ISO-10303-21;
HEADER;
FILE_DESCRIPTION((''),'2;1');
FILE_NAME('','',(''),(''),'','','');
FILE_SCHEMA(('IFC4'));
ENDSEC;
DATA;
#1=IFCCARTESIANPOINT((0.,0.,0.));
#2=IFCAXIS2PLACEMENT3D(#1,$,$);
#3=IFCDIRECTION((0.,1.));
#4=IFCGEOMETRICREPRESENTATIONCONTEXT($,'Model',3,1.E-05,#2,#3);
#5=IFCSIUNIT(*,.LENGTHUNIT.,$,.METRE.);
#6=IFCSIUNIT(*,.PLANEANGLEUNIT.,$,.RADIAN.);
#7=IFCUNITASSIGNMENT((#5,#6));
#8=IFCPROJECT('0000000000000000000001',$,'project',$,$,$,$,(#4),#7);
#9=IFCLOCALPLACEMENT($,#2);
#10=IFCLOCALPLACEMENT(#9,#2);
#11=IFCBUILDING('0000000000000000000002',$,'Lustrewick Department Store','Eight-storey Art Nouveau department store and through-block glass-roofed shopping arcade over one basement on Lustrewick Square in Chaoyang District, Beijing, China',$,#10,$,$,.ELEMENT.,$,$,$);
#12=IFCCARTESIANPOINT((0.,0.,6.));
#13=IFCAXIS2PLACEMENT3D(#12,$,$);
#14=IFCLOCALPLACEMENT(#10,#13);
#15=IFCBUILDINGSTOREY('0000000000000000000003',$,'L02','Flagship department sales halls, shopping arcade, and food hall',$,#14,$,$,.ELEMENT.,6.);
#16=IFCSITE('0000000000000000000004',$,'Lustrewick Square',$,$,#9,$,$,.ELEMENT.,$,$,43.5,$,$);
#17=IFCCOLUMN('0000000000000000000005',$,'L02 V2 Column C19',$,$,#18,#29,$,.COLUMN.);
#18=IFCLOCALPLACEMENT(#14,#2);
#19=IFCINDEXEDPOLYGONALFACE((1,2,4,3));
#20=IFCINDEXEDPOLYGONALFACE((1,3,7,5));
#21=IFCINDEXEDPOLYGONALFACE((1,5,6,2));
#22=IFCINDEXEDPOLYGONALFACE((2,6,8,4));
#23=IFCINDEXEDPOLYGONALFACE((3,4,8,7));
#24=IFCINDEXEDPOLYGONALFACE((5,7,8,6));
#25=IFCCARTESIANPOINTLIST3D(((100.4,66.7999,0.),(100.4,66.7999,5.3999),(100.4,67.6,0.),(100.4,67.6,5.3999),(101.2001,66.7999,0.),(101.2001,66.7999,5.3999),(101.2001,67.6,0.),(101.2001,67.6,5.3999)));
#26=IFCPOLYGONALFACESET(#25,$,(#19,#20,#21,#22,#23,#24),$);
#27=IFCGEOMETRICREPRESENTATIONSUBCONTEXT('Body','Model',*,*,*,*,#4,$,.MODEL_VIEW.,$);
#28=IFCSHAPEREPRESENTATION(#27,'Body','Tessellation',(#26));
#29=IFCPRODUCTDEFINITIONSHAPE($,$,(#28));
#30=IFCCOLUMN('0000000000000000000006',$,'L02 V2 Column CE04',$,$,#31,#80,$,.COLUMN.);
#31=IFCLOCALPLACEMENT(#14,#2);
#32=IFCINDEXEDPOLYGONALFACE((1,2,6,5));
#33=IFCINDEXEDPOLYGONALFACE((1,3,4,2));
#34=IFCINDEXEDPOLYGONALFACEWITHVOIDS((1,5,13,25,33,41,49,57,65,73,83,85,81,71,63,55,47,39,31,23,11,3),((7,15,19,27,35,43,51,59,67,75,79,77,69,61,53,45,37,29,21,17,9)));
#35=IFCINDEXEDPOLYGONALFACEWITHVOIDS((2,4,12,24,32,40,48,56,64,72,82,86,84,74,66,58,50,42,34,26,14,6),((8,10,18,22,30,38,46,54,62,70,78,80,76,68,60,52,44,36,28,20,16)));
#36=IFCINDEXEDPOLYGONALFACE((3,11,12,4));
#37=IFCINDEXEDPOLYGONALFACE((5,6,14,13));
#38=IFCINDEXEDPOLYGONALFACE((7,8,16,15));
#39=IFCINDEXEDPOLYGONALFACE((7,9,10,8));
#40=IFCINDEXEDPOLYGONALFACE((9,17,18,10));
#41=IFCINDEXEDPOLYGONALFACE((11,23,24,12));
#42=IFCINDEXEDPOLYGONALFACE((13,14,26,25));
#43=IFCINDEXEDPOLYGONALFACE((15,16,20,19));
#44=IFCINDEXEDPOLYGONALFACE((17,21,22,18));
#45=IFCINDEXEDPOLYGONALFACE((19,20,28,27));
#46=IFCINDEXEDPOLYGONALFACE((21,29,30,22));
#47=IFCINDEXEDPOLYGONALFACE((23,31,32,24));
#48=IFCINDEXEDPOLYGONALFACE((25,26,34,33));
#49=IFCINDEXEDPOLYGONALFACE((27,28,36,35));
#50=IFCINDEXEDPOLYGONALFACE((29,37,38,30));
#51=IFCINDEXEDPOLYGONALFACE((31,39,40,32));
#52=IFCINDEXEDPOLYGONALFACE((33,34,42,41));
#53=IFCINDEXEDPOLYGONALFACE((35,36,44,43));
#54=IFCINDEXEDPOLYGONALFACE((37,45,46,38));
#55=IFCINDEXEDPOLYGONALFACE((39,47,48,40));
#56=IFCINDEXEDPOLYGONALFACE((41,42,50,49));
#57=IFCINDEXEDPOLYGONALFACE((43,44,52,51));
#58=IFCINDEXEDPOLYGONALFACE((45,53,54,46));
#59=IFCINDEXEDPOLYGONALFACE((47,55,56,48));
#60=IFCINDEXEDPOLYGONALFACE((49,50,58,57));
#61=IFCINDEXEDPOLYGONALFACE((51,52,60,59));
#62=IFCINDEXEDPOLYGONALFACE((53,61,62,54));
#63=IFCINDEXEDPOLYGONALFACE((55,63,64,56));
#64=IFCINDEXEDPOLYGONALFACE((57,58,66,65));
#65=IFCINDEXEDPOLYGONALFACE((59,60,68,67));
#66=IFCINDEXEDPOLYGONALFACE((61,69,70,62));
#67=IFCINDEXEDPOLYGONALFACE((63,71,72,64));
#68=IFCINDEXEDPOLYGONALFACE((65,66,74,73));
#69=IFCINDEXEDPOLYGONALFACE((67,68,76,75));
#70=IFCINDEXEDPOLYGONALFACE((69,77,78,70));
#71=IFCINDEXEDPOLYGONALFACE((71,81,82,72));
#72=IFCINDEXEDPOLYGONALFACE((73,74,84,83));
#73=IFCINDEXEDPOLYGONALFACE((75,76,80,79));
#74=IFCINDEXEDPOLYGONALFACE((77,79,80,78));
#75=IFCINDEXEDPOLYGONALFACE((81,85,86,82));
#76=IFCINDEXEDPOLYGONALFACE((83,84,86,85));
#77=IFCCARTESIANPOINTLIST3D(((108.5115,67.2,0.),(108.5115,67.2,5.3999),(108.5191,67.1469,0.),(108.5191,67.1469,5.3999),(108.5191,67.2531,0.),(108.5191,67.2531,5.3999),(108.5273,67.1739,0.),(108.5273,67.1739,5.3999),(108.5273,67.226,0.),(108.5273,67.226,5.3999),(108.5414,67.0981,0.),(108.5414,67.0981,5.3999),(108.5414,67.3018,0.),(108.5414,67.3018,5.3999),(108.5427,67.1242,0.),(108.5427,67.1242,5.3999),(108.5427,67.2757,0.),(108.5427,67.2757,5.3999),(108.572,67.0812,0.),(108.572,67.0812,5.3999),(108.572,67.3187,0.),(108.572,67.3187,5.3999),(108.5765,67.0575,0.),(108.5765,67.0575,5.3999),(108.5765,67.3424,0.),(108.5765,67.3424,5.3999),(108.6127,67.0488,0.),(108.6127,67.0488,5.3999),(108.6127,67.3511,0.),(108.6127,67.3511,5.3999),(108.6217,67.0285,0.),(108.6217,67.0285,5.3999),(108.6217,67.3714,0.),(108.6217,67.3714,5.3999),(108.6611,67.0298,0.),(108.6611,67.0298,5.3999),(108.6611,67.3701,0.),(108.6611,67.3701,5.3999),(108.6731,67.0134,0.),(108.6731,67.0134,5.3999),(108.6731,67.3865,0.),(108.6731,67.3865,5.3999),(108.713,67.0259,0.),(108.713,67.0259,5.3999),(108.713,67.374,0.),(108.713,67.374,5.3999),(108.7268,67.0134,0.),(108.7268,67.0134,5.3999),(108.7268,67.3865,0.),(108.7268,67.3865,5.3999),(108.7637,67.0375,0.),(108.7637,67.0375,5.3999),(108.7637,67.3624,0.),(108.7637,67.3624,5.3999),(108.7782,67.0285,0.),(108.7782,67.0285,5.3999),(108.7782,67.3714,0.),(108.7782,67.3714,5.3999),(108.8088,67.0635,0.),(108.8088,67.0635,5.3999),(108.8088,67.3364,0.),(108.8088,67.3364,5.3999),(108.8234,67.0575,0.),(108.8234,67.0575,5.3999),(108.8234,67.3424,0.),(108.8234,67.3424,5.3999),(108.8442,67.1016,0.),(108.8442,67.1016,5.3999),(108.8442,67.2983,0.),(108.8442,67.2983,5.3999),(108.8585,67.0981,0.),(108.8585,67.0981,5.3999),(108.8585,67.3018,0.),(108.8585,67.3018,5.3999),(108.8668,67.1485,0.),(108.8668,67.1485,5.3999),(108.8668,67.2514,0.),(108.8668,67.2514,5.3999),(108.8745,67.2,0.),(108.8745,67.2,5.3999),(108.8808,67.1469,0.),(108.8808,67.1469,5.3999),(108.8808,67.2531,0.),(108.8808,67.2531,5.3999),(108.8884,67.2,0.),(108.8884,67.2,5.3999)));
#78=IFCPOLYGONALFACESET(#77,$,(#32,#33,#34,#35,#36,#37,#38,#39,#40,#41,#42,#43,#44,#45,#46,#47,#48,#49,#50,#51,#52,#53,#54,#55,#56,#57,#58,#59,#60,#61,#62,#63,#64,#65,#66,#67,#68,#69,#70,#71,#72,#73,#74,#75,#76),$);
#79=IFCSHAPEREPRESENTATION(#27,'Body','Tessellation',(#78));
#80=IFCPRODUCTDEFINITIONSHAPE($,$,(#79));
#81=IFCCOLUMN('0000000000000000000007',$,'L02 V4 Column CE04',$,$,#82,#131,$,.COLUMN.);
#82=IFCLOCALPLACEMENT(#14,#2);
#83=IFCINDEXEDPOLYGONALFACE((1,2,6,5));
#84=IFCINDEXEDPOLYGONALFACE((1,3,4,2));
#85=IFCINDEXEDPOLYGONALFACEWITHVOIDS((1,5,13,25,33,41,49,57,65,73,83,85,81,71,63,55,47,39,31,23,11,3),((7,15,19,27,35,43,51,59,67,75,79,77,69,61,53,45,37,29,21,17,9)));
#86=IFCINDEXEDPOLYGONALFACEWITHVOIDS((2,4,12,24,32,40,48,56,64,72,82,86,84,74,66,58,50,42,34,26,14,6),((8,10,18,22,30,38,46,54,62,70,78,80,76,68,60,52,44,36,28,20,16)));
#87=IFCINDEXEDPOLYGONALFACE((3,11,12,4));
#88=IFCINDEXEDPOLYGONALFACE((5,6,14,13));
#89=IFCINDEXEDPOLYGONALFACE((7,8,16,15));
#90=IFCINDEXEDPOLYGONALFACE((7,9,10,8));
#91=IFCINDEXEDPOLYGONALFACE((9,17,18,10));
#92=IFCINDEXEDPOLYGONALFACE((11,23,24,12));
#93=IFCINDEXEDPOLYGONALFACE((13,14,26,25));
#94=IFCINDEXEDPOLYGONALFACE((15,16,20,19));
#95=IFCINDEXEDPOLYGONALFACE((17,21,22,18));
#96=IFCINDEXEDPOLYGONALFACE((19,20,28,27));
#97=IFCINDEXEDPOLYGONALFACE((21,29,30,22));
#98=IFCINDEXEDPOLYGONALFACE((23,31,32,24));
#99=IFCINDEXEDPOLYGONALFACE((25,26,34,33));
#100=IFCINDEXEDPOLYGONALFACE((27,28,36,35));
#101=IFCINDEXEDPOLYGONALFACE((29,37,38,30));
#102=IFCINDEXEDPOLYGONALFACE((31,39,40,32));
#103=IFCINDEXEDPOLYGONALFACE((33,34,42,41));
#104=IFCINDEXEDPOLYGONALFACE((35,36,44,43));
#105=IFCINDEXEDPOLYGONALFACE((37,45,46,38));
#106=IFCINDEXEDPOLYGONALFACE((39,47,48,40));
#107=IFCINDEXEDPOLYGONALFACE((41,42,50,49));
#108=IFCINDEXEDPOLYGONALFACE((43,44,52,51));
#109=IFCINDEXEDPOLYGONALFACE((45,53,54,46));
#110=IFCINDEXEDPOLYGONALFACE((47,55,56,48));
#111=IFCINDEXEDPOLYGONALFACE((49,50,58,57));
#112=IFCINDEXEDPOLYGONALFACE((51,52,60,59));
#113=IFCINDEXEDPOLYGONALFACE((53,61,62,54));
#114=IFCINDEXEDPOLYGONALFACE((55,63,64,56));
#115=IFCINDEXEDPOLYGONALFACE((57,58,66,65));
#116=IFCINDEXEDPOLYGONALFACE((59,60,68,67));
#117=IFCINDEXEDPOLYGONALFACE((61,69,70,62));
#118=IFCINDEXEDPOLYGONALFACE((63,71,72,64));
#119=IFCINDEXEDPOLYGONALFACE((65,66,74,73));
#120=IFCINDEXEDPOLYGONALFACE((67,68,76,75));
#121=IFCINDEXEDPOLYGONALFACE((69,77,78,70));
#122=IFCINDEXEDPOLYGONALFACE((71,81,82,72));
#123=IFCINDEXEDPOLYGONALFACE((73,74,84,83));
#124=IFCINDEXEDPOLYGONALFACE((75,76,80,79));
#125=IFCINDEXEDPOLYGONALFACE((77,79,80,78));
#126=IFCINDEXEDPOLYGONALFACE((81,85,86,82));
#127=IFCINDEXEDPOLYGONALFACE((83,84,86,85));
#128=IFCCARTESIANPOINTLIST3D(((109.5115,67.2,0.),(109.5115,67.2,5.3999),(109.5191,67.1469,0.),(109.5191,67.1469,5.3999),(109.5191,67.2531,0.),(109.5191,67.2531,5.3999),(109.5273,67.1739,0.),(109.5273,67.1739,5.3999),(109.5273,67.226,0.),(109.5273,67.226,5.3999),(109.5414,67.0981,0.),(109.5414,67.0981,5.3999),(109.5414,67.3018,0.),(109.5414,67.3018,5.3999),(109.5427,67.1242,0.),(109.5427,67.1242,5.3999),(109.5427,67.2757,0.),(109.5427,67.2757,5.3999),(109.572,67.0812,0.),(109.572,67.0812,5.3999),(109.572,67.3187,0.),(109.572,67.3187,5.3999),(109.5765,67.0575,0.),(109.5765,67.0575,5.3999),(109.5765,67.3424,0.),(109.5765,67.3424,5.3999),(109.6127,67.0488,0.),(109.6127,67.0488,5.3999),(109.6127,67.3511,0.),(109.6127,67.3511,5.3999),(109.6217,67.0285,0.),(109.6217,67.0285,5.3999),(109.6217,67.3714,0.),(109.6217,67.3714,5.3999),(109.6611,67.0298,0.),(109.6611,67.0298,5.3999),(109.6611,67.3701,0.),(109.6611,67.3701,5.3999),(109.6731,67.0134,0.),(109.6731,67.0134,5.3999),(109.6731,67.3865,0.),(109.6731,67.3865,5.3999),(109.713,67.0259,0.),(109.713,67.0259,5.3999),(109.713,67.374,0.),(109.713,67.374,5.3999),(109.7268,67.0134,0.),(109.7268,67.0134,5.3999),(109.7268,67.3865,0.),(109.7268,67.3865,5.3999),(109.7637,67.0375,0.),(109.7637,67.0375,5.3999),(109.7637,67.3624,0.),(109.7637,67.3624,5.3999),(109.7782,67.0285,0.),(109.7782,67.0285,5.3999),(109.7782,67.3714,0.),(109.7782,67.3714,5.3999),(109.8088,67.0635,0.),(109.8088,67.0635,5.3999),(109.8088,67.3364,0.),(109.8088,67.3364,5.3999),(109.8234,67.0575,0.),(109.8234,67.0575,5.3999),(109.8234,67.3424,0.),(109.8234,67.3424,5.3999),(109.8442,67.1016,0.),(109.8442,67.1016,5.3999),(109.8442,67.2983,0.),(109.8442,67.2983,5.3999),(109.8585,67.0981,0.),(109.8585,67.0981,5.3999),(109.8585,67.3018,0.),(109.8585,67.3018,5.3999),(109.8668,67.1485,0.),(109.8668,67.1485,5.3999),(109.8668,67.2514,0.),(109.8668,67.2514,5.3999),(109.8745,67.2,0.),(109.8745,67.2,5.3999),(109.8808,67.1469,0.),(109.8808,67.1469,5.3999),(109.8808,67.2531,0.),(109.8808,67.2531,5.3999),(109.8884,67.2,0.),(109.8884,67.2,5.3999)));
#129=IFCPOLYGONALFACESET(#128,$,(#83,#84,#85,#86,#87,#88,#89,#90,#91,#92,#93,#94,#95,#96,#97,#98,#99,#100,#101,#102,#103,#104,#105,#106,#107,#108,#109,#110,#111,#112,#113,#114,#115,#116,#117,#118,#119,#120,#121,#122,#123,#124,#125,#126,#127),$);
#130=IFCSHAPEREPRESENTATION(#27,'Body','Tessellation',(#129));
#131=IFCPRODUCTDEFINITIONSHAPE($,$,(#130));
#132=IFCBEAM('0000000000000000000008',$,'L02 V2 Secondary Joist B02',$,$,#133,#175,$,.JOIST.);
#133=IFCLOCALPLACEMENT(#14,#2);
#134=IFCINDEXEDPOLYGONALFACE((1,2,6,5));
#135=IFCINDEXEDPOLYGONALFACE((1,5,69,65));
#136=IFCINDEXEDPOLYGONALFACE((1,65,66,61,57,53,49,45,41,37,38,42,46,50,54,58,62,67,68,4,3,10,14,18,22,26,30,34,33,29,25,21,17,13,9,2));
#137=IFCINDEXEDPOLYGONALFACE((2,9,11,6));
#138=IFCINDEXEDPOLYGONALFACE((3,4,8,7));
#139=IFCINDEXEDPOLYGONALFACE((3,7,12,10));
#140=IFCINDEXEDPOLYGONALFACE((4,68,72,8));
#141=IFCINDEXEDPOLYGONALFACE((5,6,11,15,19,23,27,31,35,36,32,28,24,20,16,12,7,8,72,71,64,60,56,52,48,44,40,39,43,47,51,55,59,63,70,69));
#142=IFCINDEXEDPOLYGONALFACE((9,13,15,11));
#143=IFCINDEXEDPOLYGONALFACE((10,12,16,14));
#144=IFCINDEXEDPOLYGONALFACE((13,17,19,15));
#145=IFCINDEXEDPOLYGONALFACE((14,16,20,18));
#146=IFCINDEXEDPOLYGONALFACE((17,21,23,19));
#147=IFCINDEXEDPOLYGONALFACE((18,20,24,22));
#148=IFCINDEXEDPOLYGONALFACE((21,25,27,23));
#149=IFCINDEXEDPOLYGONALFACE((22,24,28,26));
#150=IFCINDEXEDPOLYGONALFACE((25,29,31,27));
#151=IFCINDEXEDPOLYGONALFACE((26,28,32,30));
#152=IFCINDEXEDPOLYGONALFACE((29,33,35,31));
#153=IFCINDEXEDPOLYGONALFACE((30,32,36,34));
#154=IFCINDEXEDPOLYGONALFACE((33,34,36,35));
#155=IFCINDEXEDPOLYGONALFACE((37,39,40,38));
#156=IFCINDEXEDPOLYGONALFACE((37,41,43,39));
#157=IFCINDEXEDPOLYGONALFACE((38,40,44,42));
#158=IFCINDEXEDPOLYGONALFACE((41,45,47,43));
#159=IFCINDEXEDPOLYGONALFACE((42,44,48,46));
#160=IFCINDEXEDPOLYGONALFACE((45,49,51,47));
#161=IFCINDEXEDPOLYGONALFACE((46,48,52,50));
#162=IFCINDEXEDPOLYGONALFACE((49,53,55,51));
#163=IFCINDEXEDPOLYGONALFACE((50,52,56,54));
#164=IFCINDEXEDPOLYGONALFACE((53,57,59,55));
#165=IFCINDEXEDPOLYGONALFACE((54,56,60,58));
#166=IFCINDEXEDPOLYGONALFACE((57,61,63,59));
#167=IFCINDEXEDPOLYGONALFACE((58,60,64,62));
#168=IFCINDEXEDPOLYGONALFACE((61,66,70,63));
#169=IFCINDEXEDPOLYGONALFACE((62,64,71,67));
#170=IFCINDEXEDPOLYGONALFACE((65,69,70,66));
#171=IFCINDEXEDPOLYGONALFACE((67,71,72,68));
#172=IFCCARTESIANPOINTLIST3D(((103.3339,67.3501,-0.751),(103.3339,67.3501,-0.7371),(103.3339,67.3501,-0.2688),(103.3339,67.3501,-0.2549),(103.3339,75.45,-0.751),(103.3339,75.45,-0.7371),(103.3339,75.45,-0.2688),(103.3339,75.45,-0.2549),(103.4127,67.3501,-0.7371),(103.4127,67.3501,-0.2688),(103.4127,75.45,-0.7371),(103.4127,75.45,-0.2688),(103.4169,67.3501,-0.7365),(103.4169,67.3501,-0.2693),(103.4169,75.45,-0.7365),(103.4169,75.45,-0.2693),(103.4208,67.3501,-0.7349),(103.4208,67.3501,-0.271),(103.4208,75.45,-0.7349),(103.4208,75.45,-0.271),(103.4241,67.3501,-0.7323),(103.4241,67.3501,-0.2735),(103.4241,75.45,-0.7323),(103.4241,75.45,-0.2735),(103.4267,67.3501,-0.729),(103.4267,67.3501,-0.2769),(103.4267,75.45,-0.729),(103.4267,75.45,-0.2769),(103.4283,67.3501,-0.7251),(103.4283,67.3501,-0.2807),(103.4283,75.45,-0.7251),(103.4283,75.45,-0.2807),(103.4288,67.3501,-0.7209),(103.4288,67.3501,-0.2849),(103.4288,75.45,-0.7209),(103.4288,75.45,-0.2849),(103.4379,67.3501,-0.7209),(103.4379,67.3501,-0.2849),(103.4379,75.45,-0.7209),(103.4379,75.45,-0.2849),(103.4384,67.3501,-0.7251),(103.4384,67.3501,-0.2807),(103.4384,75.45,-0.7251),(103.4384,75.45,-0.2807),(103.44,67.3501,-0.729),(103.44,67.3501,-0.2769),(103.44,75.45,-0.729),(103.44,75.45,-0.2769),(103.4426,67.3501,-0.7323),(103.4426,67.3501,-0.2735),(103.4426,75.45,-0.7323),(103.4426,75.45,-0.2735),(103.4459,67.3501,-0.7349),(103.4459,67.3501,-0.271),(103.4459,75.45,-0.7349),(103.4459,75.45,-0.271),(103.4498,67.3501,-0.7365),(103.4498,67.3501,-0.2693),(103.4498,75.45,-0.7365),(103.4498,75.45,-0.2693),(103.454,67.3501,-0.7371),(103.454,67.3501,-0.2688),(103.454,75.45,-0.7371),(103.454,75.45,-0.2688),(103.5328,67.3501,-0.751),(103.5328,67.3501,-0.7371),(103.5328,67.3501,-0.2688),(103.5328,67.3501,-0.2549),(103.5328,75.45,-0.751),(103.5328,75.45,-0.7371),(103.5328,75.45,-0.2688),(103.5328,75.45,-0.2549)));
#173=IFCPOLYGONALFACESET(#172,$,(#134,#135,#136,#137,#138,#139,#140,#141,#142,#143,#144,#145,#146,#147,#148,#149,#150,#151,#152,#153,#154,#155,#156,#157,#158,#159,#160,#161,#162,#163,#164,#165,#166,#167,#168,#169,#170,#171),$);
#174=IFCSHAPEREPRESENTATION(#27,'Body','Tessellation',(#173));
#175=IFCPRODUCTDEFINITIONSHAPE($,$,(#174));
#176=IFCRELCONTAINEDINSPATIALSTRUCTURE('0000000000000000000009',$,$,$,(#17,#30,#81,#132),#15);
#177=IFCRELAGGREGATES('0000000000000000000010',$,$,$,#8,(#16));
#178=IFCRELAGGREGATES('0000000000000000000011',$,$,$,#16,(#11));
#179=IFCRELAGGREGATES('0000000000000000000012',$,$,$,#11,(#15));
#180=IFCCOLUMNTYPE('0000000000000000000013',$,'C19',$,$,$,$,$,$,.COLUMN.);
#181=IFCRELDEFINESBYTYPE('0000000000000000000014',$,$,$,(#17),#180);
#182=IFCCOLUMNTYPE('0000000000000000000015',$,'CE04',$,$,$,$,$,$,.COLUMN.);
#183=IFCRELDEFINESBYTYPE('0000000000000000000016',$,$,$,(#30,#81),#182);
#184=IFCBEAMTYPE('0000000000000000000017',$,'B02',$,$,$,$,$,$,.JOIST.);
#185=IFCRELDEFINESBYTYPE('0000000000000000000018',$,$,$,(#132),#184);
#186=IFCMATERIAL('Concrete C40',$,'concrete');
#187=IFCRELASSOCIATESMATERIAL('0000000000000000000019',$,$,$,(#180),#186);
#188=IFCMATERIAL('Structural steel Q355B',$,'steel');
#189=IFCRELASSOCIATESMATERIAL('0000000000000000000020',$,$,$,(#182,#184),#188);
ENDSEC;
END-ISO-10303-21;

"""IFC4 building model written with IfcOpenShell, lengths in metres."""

from ifc_helpers import new_model, si_unit, direction, frame, origin, origin_2d, place, context, subcontext, project, spatial, rectangle, hollow_circle, i_section, extrude, material, material_profile, profile_set, type_object, element, save


model = new_model("IFC4")

# Units and contexts
model_context = context("Model", 3, precision=1e-05, world=origin(), true_north=direction((0.0, 1.0)))
body_context = subcontext(model_context, "Body", "Model", "MODEL_VIEW")
ifc_project = project(units=[si_unit("LENGTHUNIT", "METRE"), si_unit("PLANEANGLEUNIT", "RADIAN")], contexts=[model_context])

# Site, building, storey
site_placement = place(None, origin())
site = spatial("IfcSite", under=ifc_project, at=site_placement, Name="Lustrewick Square", CompositionType="ELEMENT", RefElevation=43.5)
building_placement = place(site_placement, origin())
building = spatial("IfcBuilding", under=site, at=building_placement, Name="Lustrewick Department Store", Description="Eight-storey Art Nouveau department store and through-block glass-roofed shopping arcade over one basement on Lustrewick Square in Chaoyang District, Beijing, China", CompositionType="ELEMENT")
storey_placement = place(building_placement, frame((0.0, 0.0, 6.0)))
storey = spatial("IfcBuildingStorey", under=building, at=storey_placement, Name="L02", Description="Flagship department sales halls, shopping arcade, and food hall", CompositionType="ELEMENT", Elevation=6.0)

# Columns
ifc_material_1 = material(Name="Concrete C40", Category="concrete")
ifc_material_profile_1 = material_profile(ifc_material_1, rectangle(XDim=0.8, YDim=0.8, at=origin_2d()), Name="RC 800x800")
ifc_profile_set_1 = profile_set([ifc_material_profile_1], Name="Concrete C40")
column_type_1 = type_object("IfcColumnType", Name="C19", PredefinedType="COLUMN", material=ifc_profile_set_1)
column_placement = place(storey_placement, frame((100.8, 67.2, 0.0), z_axis=(0.0, 0.0, 1.0), x_axis=(1.0, 0.0, 0.0)))
element("IfcColumn", 1, at=column_placement, inside=storey, type_object=column_type_1, Name="L02 V2 Column C19", PredefinedType="COLUMN", context=body_context, shape_type="SweptSolid", body=[
    extrude(rectangle(XDim=0.8, YDim=0.8, at=origin_2d()), origin(), (0.0, 0.0, 1.0), 5.3999),
])
ifc_material_2 = material(Name="Structural steel Q355B", Category="steel")
ifc_material_profile_2 = material_profile(ifc_material_2, hollow_circle(Radius=0.1885, WallThickness=0.0139, at=origin_2d()), Name="CHS 377x14")
ifc_profile_set_2 = profile_set([ifc_material_profile_2], Name="Structural steel Q355B")
column_type_2 = type_object("IfcColumnType", Name="CE04", PredefinedType="COLUMN", material=ifc_profile_set_2)
for number, where, z_axis, x_axis, name in (
    (2, (108.7, 67.2, 0.0), (0.0, 0.0, 1.0), (1.0, 0.0, 0.0), "L02 V2 Column CE04"),
    (3, (109.7, 67.2, 0.0), (0.0, 0.0, 1.0), (1.0, 0.0, 0.0), "L02 V4 Column CE04"),
):
    element("IfcColumn", number, at=place(storey_placement, frame(where, z_axis=z_axis, x_axis=x_axis)), inside=storey, type_object=column_type_2, Name=name, PredefinedType="COLUMN", context=body_context, shape_type="SweptSolid", body=[
        extrude(hollow_circle(Radius=0.1885, WallThickness=0.0139, at=origin_2d()), origin(), (0.0, 0.0, 1.0), 5.3999),
    ])

# Beam
ifc_material_profile_3 = material_profile(ifc_material_2, i_section(OverallWidth=0.199, OverallDepth=0.4961, WebThickness=0.009, FlangeThickness=0.0139, FilletRadius=0.0161, at=origin_2d()), Name="HN 496x199x9x14")
ifc_profile_set_3 = profile_set([ifc_material_profile_3], Name="Structural steel Q355B")
beam_type_1 = type_object("IfcBeamType", Name="B02", PredefinedType="JOIST", material=ifc_profile_set_3)
beam_1_placement = place(storey_placement, frame((103.4333, 67.3501, -0.5029), z_axis=(0.0, 1.0, 0.0), x_axis=(-1.0, 0.0, 0.0)))
element("IfcBeam", 4, at=beam_1_placement, inside=storey, type_object=beam_type_1, Name="L02 V2 Secondary Joist B02", PredefinedType="JOIST", context=body_context, shape_type="SweptSolid", body=[
    extrude(i_section(OverallWidth=0.199, OverallDepth=0.4961, WebThickness=0.009, FlangeThickness=0.0139, FilletRadius=0.0161, at=origin_2d()), origin(), (0.0, 0.0, 1.0), 8.0999),
])

save(model, "model.ifc")
